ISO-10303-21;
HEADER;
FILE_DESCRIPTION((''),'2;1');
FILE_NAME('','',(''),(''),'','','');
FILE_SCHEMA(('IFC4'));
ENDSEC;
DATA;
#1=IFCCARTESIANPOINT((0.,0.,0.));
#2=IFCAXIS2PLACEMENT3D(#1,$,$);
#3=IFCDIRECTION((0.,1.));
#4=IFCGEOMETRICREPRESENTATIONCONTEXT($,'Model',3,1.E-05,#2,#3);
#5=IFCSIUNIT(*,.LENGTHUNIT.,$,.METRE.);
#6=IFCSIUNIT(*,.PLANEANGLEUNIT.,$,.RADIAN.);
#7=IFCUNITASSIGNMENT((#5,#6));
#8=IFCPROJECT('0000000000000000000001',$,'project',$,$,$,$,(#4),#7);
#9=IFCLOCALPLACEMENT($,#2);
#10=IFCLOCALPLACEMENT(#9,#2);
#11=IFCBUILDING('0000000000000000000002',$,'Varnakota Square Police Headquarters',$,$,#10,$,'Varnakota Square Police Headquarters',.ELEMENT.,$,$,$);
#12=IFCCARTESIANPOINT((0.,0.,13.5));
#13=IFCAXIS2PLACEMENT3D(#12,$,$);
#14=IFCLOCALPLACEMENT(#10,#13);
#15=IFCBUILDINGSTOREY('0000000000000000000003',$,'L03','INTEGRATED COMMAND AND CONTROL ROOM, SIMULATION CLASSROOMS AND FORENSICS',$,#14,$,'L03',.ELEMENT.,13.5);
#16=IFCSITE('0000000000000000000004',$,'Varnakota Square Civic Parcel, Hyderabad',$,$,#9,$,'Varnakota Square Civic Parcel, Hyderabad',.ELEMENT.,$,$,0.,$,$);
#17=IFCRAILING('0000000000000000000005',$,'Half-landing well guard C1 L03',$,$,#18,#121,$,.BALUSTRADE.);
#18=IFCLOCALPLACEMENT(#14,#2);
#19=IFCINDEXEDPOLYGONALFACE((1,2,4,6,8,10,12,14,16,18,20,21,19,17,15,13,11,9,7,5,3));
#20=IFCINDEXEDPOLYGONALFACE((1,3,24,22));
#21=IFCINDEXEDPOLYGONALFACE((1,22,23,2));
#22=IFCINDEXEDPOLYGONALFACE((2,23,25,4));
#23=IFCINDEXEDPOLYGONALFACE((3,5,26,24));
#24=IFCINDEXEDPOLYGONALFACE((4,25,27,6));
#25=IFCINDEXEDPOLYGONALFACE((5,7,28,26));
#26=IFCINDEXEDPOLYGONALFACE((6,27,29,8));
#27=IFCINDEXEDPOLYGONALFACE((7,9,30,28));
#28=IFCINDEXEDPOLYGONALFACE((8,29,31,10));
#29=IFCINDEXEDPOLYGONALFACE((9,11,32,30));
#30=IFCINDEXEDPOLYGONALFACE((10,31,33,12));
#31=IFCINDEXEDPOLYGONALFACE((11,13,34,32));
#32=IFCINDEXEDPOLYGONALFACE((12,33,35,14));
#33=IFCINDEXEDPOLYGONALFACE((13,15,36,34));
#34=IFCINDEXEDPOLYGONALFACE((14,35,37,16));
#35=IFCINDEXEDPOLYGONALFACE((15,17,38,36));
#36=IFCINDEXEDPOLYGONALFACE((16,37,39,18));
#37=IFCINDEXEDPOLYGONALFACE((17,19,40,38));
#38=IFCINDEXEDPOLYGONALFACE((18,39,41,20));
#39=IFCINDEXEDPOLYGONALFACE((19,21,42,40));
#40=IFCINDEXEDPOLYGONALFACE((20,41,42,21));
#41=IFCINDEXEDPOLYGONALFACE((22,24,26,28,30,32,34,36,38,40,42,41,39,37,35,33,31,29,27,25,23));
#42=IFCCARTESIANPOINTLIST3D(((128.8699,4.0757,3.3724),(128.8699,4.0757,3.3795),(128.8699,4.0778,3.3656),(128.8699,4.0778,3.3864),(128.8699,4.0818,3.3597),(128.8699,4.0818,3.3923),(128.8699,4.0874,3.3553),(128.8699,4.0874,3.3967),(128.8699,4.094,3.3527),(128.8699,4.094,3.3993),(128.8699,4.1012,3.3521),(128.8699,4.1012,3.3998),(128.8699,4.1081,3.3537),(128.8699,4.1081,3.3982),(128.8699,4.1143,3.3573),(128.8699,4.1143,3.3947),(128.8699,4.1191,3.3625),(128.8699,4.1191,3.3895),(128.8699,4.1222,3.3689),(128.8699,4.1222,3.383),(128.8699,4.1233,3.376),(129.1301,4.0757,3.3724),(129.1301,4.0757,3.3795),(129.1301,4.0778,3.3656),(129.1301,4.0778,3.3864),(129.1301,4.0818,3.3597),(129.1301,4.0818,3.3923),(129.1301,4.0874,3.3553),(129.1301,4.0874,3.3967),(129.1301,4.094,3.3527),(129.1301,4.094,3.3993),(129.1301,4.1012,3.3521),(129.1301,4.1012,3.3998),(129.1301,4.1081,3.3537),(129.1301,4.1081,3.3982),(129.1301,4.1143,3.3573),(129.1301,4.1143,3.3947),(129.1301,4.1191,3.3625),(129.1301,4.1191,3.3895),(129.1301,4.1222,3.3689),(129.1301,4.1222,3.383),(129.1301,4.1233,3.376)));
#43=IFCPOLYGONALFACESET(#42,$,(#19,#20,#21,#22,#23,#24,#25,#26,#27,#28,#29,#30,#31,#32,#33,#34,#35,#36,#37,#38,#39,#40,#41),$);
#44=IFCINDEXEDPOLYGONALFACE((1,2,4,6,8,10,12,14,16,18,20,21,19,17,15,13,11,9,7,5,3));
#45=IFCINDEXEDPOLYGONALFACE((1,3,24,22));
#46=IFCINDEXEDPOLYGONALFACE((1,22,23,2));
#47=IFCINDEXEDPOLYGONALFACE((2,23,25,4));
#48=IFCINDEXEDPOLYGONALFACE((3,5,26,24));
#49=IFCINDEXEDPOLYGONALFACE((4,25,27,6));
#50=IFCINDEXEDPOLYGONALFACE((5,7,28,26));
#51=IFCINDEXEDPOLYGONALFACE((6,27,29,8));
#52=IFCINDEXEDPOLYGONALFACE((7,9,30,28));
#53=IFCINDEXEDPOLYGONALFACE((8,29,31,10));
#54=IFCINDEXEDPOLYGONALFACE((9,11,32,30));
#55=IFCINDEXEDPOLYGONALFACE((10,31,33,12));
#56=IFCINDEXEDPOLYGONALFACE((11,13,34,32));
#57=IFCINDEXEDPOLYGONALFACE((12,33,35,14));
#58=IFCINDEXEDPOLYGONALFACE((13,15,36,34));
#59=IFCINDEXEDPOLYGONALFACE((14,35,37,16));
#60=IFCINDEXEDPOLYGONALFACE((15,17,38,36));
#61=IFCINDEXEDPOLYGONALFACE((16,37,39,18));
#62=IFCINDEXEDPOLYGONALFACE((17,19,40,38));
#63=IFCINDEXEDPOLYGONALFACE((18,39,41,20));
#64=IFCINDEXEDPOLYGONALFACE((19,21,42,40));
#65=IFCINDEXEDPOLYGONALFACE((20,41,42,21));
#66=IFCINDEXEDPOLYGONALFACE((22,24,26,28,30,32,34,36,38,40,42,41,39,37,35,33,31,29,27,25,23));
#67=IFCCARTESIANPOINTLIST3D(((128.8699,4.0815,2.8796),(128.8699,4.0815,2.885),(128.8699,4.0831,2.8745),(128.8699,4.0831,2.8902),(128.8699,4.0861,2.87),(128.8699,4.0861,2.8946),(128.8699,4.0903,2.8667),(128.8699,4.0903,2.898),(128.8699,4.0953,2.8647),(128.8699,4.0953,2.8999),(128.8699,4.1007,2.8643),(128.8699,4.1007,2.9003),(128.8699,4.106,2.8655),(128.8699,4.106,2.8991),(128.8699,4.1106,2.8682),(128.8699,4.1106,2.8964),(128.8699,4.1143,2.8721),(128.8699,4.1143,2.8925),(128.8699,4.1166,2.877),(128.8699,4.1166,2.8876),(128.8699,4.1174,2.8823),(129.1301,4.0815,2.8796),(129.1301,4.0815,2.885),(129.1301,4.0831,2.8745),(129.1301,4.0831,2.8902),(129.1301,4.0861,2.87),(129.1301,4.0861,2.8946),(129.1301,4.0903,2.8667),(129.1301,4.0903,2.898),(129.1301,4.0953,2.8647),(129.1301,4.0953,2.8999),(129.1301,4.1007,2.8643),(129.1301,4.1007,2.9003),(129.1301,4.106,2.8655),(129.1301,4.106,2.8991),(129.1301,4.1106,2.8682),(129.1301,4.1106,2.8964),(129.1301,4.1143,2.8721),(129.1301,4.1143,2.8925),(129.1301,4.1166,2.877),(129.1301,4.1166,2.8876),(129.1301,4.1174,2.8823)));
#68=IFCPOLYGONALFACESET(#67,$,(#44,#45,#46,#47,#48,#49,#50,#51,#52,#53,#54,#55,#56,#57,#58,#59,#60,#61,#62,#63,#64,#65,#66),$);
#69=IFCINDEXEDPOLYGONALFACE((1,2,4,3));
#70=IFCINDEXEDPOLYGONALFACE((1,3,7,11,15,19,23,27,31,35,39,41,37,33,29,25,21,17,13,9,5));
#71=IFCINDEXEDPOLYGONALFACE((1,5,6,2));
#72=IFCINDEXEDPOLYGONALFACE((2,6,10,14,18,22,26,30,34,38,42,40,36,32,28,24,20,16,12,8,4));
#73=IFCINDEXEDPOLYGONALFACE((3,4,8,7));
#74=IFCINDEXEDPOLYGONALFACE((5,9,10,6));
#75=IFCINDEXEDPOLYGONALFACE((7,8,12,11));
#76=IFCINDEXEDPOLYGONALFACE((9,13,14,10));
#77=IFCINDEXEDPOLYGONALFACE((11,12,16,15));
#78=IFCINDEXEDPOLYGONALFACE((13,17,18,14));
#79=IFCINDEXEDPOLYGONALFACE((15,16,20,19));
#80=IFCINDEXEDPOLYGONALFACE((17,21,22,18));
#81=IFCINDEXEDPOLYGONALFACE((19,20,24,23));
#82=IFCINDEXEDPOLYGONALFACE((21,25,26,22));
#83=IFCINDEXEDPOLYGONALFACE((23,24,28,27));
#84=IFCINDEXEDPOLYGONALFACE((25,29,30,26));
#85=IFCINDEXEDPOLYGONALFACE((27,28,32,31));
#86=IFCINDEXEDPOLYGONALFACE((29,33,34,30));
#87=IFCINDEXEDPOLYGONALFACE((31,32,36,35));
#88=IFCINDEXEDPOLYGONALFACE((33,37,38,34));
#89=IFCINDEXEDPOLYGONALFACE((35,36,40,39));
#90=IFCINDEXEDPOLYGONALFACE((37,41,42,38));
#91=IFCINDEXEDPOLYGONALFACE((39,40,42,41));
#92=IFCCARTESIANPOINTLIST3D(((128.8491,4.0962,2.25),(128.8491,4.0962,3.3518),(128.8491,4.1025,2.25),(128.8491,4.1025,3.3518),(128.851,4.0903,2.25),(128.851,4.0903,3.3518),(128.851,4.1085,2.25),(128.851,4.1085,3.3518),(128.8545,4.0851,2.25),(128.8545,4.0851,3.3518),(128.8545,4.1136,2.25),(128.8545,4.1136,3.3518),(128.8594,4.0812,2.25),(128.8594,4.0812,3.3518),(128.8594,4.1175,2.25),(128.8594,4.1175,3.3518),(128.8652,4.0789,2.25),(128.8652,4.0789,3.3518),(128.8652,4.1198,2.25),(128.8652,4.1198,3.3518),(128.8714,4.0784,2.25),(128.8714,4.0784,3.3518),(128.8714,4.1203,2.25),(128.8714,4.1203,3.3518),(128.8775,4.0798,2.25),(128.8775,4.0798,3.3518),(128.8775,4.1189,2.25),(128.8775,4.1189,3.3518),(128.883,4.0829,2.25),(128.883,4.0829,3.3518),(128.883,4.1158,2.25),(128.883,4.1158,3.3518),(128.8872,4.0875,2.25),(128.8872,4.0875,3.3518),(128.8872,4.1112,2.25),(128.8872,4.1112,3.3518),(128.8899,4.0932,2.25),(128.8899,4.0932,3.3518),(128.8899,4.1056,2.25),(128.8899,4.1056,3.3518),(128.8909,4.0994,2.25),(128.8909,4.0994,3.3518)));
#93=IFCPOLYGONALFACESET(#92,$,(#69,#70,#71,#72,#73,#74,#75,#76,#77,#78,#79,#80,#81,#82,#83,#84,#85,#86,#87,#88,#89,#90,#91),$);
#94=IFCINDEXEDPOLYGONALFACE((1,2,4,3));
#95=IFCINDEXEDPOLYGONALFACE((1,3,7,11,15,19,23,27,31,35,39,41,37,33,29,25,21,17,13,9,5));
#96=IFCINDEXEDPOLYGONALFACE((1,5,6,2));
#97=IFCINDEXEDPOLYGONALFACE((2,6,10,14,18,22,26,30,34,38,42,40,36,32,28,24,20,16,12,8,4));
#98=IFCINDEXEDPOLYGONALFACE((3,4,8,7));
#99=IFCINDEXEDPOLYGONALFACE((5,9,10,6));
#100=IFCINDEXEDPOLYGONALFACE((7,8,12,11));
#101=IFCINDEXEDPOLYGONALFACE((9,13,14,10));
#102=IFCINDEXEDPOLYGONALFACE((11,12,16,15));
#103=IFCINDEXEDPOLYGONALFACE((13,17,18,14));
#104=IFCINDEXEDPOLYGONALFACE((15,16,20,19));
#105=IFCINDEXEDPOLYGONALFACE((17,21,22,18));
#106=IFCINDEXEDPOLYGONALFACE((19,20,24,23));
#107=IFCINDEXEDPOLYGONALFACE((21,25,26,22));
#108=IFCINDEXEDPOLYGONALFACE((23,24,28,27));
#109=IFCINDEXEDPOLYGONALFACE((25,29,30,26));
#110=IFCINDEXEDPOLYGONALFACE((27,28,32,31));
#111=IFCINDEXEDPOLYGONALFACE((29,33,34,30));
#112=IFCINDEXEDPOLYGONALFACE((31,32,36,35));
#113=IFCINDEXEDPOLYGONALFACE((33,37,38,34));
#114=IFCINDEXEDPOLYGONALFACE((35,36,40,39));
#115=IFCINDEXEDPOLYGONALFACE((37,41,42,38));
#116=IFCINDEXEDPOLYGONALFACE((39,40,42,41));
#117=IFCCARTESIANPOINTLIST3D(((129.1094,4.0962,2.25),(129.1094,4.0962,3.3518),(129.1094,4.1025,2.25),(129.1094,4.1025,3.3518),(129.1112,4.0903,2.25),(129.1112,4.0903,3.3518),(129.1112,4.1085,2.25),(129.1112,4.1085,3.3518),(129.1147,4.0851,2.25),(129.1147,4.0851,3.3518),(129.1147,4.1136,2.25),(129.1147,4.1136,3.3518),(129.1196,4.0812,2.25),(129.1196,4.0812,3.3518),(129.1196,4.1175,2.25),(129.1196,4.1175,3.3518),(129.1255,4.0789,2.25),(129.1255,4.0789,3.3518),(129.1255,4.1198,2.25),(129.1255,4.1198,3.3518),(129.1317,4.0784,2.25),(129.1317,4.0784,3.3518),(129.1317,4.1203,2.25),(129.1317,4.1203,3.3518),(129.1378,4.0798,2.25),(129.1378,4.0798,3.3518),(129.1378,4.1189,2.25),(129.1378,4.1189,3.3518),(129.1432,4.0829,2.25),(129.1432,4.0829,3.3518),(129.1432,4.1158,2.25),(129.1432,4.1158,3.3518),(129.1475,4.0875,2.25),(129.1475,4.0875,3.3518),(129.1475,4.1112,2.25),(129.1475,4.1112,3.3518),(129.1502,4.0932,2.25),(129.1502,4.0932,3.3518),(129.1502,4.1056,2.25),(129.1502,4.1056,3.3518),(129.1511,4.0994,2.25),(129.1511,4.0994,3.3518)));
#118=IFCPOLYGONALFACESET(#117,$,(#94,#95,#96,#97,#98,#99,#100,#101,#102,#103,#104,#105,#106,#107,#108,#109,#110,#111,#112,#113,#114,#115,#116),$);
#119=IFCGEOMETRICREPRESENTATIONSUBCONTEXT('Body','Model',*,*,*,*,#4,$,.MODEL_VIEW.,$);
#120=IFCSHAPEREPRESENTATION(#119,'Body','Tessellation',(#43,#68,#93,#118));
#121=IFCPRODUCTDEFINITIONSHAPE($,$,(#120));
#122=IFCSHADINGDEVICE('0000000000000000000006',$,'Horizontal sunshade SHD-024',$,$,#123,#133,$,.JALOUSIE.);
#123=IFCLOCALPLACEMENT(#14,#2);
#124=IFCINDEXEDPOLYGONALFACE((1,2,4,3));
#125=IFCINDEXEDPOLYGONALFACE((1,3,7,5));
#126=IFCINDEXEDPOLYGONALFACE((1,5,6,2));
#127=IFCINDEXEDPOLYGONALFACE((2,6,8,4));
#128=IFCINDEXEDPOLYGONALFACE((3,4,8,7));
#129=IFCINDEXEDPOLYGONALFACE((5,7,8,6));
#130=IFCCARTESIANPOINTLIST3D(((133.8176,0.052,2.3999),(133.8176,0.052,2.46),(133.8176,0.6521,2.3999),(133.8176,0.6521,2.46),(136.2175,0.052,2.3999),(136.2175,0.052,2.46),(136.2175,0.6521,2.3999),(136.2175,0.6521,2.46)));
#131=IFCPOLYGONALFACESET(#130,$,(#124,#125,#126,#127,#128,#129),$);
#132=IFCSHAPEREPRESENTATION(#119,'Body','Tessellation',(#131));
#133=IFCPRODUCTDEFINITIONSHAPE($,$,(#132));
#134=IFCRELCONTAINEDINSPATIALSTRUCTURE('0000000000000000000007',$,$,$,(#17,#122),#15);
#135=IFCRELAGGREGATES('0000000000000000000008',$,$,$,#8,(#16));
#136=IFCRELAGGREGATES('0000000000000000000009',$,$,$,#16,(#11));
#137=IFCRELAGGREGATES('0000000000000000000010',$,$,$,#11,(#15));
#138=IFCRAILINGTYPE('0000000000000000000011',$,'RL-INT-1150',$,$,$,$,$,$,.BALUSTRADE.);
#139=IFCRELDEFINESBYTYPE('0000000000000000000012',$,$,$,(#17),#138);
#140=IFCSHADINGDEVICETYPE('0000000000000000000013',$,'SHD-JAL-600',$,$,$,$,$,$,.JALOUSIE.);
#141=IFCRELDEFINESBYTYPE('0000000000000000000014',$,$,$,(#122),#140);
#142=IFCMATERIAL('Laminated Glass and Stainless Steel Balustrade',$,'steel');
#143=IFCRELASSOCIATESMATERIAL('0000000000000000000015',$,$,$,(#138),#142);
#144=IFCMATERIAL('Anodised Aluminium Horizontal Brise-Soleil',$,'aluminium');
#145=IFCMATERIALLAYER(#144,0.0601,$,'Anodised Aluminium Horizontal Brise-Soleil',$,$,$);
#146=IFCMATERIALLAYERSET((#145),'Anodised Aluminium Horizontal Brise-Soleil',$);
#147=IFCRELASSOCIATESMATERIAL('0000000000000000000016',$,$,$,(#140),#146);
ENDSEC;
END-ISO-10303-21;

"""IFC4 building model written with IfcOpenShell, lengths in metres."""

from ifc_helpers import new_model, si_unit, direction, frame, origin, origin_2d, place, context, subcontext, project, spatial, rectangle, circle, extrude, material, layer, layer_set, type_object, element, save


model = new_model("IFC4")

# Units and contexts
model_context = context("Model", 3, precision=1e-05, world=origin(), true_north=direction((0.0, 1.0)))
body_context = subcontext(model_context, "Body", "Model", "MODEL_VIEW")
ifc_project = project(units=[si_unit("LENGTHUNIT", "METRE"), si_unit("PLANEANGLEUNIT", "RADIAN")], contexts=[model_context])

# Site, building, storey
site_placement = place(None, origin())
site = spatial("IfcSite", under=ifc_project, at=site_placement, Name="Varnakota Square Civic Parcel, Hyderabad", LongName="Varnakota Square Civic Parcel, Hyderabad", CompositionType="ELEMENT", RefElevation=0.0)
building_placement = place(site_placement, origin())
building = spatial("IfcBuilding", under=site, at=building_placement, Name="Varnakota Square Police Headquarters", LongName="Varnakota Square Police Headquarters", CompositionType="ELEMENT")
storey_placement = place(building_placement, frame((0.0, 0.0, 13.5)))
storey = spatial("IfcBuildingStorey", under=building, at=storey_placement, Name="L03", Description="INTEGRATED COMMAND AND CONTROL ROOM, SIMULATION CLASSROOMS AND FORENSICS", LongName="L03", CompositionType="ELEMENT", Elevation=13.5)

# Railing
ifc_material_1 = material(Name="Laminated Glass and Stainless Steel Balustrade", Category="steel")
railing_type_1 = type_object("IfcRailingType", Name="RL-INT-1150", PredefinedType="BALUSTRADE", material=ifc_material_1)
railing_1_placement = place(storey_placement, frame((128.8699, 4.0994, 2.25)))
element("IfcRailing", 1, at=railing_1_placement, inside=storey, type_object=railing_type_1, Name="Half-landing well guard C1 L03", PredefinedType="BALUSTRADE", context=body_context, shape_type="SweptSolid", body=[
    extrude(circle(Radius=0.0239, at=origin_2d()), frame((0.0, 0.0, 1.126), z_axis=(1.0, 0.0, 0.0), x_axis=(0.0, 1.0, 0.0)), (0.0, 0.0, 1.0), 0.2603),
    extrude(circle(Radius=0.0181, at=origin_2d()), frame((0.0, 0.0, 0.6323), z_axis=(1.0, 0.0, 0.0), x_axis=(0.0, 1.0, 0.0)), (0.0, 0.0, 1.0), 0.2603),
    extrude(circle(Radius=0.021, at=origin_2d()), origin(), (0.0, 0.0, 1.0), 1.1018),
    extrude(circle(Radius=0.021, at=origin_2d()), frame((0.2603, 0.0, 0.0)), (0.0, 0.0, 1.0), 1.1018),
])

# Shading device
ifc_material_2 = material(Name="Anodised Aluminium Horizontal Brise-Soleil", Category="aluminium")
ifc_layer_1 = layer(ifc_material_2, 0.0601, Name="Anodised Aluminium Horizontal Brise-Soleil")
ifc_layer_set_1 = layer_set([ifc_layer_1], Name="Anodised Aluminium Horizontal Brise-Soleil")
shading_device_type = type_object("IfcShadingDeviceType", Name="SHD-JAL-600", PredefinedType="JALOUSIE", material=ifc_layer_set_1)
shading_device_placement = place(storey_placement, frame((135.0176, 0.3521, 2.3999), z_axis=(0.0, 0.0, 1.0), x_axis=(1.0, 0.0, 0.0)))
element("IfcShadingDevice", 2, at=shading_device_placement, inside=storey, type_object=shading_device_type, Name="Horizontal sunshade SHD-024", PredefinedType="JALOUSIE", context=body_context, shape_type="SweptSolid", body=[
    extrude(rectangle(XDim=2.3999, YDim=0.6001, at=origin_2d()), origin(), (0.0, 0.0, 1.0), 0.0601),
])

save(model, "model.ifc")
